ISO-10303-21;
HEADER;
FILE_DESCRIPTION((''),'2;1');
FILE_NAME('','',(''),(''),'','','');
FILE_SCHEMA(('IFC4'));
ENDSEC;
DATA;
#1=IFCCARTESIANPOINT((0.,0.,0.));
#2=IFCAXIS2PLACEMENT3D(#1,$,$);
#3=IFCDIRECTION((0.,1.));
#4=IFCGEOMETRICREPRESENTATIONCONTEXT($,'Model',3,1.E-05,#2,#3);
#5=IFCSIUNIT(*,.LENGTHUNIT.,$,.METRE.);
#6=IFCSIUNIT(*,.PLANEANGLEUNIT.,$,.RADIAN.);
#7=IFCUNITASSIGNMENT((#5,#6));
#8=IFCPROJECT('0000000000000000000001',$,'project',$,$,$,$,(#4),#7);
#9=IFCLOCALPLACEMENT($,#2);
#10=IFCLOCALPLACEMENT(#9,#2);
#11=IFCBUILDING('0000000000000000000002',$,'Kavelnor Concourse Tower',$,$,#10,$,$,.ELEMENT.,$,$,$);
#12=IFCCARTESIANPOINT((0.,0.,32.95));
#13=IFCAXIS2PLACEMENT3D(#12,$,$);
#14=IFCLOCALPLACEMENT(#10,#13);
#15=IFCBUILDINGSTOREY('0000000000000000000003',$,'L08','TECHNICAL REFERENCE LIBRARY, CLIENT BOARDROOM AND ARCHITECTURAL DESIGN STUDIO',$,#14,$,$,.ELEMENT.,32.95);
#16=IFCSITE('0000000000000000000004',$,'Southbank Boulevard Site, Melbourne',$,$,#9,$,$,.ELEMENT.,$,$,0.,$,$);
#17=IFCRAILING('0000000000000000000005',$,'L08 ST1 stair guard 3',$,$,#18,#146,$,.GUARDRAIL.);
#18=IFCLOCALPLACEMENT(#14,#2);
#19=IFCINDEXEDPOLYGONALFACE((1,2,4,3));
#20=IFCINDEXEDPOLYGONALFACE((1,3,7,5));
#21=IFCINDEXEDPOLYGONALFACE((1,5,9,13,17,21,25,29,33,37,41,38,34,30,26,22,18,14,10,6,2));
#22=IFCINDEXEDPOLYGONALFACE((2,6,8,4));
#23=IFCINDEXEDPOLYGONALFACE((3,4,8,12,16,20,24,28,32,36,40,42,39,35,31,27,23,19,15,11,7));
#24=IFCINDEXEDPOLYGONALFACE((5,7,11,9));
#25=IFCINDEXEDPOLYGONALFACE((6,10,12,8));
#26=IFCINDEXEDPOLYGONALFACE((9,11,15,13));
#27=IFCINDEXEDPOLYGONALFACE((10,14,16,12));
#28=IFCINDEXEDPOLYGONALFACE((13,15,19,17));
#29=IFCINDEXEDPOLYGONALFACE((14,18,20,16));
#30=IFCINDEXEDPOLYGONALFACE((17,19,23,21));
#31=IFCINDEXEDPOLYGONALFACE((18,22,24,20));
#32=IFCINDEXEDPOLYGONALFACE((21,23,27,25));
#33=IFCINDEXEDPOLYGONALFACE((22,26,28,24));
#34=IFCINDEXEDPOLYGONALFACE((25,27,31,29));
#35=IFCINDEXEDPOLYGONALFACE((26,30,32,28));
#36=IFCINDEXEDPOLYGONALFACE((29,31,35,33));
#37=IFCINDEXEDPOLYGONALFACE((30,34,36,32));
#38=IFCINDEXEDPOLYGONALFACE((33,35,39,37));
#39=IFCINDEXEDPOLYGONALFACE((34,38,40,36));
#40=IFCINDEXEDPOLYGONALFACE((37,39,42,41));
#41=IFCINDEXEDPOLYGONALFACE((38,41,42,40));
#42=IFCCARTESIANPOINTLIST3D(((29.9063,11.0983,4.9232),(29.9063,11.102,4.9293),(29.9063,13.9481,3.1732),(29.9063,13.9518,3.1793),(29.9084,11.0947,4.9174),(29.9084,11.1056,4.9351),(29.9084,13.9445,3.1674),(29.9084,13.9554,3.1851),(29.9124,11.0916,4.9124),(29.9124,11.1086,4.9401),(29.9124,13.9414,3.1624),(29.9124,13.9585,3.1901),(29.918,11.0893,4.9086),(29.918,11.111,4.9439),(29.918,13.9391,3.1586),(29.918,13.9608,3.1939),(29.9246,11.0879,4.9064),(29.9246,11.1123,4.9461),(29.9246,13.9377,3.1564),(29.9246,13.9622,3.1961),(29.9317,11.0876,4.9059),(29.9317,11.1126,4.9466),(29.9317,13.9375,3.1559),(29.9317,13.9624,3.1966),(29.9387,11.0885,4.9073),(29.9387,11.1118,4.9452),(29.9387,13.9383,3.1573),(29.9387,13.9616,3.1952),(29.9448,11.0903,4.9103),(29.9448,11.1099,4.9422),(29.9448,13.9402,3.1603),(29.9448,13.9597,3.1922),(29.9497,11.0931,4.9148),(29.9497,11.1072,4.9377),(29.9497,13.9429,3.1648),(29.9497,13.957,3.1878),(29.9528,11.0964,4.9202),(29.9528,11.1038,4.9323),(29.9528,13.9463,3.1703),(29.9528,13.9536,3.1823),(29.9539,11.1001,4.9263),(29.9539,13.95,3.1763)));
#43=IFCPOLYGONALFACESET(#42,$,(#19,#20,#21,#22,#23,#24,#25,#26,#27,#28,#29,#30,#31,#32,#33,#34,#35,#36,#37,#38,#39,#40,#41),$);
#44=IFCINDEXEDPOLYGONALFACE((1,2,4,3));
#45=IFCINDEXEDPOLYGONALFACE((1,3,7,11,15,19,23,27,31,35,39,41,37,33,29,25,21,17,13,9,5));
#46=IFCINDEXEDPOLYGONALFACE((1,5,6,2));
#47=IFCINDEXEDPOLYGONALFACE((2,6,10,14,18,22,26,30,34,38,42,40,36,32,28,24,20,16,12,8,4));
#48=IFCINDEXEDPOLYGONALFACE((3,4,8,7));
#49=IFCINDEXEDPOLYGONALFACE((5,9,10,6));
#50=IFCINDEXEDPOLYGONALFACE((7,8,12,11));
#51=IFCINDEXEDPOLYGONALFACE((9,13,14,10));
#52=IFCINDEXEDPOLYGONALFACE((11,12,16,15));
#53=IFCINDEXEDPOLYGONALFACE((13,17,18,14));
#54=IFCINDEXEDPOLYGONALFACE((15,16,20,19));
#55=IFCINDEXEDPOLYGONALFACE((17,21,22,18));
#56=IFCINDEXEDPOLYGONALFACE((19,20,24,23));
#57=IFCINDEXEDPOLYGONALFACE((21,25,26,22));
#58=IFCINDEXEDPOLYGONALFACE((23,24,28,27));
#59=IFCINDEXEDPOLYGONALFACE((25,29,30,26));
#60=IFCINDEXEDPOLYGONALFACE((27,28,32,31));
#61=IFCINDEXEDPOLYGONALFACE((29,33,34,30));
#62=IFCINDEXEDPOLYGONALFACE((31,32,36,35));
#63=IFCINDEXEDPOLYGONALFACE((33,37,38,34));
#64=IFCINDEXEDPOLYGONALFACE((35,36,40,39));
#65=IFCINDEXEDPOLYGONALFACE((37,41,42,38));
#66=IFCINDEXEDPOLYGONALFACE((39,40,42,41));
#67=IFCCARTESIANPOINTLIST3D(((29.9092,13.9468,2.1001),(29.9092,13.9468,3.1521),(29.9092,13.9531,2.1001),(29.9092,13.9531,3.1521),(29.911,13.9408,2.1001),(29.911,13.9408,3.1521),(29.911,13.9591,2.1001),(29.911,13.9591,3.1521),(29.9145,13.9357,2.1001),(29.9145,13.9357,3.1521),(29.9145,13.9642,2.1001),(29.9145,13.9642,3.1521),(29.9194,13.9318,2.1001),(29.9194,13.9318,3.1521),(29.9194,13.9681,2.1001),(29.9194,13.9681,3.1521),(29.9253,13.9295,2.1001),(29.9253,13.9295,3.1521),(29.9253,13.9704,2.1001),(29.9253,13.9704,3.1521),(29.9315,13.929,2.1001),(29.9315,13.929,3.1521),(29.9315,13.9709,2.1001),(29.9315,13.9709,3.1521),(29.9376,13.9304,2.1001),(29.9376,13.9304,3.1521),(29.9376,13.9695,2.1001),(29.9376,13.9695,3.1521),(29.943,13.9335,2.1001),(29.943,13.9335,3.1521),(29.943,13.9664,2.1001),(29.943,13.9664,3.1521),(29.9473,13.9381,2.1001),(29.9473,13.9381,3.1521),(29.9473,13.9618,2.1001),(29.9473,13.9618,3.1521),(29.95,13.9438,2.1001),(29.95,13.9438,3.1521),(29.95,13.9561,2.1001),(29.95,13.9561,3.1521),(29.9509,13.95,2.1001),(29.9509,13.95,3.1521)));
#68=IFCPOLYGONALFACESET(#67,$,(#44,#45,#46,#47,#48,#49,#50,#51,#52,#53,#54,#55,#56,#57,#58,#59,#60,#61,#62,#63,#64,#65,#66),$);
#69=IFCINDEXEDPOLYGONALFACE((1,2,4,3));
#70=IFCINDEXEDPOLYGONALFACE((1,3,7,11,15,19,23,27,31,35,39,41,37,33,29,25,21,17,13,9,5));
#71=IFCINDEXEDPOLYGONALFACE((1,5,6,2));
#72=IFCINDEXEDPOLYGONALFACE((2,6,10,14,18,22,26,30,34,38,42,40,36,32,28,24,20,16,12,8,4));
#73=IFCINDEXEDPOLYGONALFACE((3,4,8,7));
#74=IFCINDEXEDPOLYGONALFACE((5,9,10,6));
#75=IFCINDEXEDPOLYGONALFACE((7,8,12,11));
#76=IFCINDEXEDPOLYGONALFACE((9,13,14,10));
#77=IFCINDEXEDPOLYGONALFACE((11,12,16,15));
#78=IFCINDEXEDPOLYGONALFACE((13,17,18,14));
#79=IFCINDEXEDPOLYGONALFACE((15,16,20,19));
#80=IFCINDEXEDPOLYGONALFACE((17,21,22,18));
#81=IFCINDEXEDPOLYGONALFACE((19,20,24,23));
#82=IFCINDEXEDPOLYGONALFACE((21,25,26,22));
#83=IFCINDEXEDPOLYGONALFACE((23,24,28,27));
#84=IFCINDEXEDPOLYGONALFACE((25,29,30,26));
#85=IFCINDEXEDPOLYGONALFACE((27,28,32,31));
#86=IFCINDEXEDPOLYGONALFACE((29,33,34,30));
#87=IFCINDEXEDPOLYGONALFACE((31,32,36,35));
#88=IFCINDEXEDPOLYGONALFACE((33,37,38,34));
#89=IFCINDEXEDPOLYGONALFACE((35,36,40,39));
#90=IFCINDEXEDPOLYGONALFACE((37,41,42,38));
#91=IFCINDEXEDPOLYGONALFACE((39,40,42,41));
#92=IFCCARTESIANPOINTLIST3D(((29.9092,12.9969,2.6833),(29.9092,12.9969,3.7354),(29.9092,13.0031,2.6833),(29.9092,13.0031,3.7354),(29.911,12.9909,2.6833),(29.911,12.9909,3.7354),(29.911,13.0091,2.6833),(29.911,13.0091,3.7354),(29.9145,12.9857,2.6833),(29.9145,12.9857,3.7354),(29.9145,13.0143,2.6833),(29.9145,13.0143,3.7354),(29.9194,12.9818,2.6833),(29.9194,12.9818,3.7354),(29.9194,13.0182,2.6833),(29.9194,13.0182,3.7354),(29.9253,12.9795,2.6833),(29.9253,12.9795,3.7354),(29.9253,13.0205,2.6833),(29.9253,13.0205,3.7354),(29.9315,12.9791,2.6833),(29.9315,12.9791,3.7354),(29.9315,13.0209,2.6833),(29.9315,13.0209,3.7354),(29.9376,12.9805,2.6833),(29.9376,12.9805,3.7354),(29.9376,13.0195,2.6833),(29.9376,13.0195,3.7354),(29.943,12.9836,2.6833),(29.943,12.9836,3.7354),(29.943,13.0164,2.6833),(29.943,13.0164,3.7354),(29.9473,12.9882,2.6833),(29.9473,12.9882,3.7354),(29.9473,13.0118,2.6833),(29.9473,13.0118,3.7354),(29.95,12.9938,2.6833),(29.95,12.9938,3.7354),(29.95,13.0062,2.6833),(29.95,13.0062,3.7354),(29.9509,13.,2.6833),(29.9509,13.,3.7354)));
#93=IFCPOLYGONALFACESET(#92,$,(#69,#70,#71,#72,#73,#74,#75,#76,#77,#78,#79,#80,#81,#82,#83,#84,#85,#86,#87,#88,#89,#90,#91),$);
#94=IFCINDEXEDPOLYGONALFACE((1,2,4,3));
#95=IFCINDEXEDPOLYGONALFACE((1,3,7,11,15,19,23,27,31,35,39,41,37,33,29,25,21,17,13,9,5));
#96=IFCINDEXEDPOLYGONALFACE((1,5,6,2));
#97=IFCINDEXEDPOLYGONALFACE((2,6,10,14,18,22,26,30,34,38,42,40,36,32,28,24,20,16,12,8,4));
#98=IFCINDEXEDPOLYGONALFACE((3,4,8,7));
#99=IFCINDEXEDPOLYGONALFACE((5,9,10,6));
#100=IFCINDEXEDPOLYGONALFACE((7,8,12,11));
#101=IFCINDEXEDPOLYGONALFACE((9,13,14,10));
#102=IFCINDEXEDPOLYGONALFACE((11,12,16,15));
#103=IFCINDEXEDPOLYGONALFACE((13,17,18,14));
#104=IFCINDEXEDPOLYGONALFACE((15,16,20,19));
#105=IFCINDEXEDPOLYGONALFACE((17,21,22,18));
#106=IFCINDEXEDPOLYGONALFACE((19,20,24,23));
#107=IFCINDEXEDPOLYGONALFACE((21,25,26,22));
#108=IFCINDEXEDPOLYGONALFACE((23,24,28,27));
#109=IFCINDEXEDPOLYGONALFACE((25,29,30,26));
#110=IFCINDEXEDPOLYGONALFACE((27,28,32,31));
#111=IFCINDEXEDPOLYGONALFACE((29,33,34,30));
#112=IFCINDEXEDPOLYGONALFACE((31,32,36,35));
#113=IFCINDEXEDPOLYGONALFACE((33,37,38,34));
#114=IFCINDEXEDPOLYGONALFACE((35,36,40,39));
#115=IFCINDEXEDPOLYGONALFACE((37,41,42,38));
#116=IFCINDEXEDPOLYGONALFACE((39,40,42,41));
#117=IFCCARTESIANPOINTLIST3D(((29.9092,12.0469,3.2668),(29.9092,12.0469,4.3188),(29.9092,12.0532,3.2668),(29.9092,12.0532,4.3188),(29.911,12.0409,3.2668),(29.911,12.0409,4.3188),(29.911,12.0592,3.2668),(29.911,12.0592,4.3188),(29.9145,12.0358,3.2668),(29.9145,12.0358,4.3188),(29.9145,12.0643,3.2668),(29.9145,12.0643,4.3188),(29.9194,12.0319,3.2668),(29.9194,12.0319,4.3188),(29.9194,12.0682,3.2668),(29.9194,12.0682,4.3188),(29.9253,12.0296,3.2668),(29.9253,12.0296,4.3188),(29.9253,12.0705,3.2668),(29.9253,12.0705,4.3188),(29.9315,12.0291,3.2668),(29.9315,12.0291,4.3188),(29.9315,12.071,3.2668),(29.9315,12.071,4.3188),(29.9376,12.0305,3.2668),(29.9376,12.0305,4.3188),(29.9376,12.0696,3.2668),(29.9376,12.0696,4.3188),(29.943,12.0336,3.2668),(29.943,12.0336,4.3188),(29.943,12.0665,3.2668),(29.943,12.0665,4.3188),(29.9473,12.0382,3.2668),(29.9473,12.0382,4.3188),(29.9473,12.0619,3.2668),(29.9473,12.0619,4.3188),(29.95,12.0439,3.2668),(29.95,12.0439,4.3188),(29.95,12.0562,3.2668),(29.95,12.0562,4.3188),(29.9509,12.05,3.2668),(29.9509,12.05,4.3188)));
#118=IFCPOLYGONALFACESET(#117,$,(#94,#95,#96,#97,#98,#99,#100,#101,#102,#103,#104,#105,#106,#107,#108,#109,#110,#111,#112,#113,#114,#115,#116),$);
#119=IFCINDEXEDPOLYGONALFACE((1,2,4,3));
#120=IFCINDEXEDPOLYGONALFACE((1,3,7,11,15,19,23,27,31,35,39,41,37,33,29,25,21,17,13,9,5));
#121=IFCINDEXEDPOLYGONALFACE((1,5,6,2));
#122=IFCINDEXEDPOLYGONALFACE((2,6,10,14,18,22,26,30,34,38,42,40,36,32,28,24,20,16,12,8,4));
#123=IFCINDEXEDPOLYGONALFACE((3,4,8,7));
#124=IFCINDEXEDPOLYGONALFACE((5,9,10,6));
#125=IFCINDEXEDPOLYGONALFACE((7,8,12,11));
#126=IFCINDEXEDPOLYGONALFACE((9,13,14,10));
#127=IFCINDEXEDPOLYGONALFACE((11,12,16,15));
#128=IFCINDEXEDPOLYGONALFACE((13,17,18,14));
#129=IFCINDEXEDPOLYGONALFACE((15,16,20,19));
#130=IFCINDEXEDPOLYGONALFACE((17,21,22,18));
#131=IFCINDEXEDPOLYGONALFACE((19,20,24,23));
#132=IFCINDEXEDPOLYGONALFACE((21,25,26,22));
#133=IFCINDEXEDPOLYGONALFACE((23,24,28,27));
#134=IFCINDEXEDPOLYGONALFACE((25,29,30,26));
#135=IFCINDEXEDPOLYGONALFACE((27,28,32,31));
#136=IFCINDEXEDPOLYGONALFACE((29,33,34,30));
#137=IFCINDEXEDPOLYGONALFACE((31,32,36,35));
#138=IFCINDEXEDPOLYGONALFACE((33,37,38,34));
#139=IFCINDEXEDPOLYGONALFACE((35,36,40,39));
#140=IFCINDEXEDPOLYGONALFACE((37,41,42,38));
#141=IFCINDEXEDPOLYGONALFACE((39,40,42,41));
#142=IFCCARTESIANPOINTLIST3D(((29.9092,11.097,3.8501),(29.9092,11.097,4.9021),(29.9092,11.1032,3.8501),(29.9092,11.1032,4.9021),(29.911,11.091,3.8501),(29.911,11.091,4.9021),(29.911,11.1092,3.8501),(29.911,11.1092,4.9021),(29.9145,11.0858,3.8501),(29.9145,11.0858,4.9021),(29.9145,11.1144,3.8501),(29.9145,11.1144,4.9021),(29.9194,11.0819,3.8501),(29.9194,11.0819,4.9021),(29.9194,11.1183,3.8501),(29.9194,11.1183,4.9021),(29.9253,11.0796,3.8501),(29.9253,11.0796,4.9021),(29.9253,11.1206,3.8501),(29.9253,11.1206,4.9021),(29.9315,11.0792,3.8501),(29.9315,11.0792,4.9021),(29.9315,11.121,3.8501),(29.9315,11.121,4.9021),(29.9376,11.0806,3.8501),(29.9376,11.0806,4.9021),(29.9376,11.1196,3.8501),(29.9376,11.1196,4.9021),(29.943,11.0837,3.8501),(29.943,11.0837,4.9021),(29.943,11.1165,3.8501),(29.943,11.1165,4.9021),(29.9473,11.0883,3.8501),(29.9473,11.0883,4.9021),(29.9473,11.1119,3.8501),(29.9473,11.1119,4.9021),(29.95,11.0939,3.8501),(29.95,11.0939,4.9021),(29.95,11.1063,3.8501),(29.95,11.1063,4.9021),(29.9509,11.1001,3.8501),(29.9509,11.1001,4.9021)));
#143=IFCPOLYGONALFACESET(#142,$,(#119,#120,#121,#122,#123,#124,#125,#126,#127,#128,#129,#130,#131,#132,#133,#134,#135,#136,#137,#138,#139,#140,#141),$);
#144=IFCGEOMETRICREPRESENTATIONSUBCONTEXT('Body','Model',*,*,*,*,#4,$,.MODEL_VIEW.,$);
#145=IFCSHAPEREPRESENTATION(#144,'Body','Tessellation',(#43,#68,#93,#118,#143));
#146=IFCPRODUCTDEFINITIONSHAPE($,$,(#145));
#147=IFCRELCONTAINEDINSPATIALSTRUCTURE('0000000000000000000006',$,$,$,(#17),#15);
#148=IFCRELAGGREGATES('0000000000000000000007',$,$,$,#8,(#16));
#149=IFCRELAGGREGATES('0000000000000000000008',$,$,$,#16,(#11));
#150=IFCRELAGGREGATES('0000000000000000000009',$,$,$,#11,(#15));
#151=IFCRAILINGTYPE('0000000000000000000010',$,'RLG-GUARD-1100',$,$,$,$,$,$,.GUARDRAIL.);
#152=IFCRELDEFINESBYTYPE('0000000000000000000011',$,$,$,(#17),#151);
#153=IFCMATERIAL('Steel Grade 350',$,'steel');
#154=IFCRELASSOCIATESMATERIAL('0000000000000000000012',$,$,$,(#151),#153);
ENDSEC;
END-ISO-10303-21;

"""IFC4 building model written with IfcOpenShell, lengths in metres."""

from ifc_helpers import new_model, si_unit, direction, frame, origin, origin_2d, place, context, subcontext, project, spatial, circle, extrude, material, type_object, element, save


model = new_model("IFC4")

# Units and contexts
model_context = context("Model", 3, precision=1e-05, world=origin(), true_north=direction((0.0, 1.0)))
body_context = subcontext(model_context, "Body", "Model", "MODEL_VIEW")
ifc_project = project(units=[si_unit("LENGTHUNIT", "METRE"), si_unit("PLANEANGLEUNIT", "RADIAN")], contexts=[model_context])

# Site, building, storey
site_placement = place(None, origin())
site = spatial("IfcSite", under=ifc_project, at=site_placement, Name="Southbank Boulevard Site, Melbourne", CompositionType="ELEMENT", RefElevation=0.0)
building_placement = place(site_placement, origin())
building = spatial("IfcBuilding", under=site, at=building_placement, Name="Kavelnor Concourse Tower", CompositionType="ELEMENT")
storey_placement = place(building_placement, frame((0.0, 0.0, 32.95)))
storey = spatial("IfcBuildingStorey", under=building, at=storey_placement, Name="L08", Description="TECHNICAL REFERENCE LIBRARY, CLIENT BOARDROOM AND ARCHITECTURAL DESIGN STUDIO", CompositionType="ELEMENT", Elevation=32.95)

# Shared definitions
ifc_material_1 = material(Name="Steel Grade 350", Category="steel")

# Railing
railing_type_1 = type_object("IfcRailingType", Name="RLG-GUARD-1100", PredefinedType="GUARDRAIL", material=ifc_material_1)
railing_1_placement = place(storey_placement, frame((29.9299, 13.95, 2.1001)))
element("IfcRailing", 1, at=railing_1_placement, inside=storey, type_object=railing_type_1, Name="L08 ST1 stair guard 3", PredefinedType="GUARDRAIL", context=body_context, shape_type="SweptSolid", body=[
    extrude(circle(Radius=0.0239, at=origin_2d()), frame((0.0, 0.0, 1.0762), z_axis=(0.0, -0.852159, 0.523283), x_axis=(1.0, 0.0, 0.0)), (0.0, 0.0, 1.0), 3.3442),
    extrude(circle(Radius=0.021, at=origin_2d()), origin(), (0.0, 0.0, 1.0), 1.052),
    extrude(circle(Radius=0.021, at=origin_2d()), frame((0.0, -0.95, 0.5833)), (0.0, 0.0, 1.0), 1.052),
    extrude(circle(Radius=0.021, at=origin_2d()), frame((0.0, -1.8999, 1.1667)), (0.0, 0.0, 1.0), 1.052),
    extrude(circle(Radius=0.021, at=origin_2d()), frame((0.0, -2.8499, 1.75)), (0.0, 0.0, 1.0), 1.052),
])

save(model, "model.ifc")
